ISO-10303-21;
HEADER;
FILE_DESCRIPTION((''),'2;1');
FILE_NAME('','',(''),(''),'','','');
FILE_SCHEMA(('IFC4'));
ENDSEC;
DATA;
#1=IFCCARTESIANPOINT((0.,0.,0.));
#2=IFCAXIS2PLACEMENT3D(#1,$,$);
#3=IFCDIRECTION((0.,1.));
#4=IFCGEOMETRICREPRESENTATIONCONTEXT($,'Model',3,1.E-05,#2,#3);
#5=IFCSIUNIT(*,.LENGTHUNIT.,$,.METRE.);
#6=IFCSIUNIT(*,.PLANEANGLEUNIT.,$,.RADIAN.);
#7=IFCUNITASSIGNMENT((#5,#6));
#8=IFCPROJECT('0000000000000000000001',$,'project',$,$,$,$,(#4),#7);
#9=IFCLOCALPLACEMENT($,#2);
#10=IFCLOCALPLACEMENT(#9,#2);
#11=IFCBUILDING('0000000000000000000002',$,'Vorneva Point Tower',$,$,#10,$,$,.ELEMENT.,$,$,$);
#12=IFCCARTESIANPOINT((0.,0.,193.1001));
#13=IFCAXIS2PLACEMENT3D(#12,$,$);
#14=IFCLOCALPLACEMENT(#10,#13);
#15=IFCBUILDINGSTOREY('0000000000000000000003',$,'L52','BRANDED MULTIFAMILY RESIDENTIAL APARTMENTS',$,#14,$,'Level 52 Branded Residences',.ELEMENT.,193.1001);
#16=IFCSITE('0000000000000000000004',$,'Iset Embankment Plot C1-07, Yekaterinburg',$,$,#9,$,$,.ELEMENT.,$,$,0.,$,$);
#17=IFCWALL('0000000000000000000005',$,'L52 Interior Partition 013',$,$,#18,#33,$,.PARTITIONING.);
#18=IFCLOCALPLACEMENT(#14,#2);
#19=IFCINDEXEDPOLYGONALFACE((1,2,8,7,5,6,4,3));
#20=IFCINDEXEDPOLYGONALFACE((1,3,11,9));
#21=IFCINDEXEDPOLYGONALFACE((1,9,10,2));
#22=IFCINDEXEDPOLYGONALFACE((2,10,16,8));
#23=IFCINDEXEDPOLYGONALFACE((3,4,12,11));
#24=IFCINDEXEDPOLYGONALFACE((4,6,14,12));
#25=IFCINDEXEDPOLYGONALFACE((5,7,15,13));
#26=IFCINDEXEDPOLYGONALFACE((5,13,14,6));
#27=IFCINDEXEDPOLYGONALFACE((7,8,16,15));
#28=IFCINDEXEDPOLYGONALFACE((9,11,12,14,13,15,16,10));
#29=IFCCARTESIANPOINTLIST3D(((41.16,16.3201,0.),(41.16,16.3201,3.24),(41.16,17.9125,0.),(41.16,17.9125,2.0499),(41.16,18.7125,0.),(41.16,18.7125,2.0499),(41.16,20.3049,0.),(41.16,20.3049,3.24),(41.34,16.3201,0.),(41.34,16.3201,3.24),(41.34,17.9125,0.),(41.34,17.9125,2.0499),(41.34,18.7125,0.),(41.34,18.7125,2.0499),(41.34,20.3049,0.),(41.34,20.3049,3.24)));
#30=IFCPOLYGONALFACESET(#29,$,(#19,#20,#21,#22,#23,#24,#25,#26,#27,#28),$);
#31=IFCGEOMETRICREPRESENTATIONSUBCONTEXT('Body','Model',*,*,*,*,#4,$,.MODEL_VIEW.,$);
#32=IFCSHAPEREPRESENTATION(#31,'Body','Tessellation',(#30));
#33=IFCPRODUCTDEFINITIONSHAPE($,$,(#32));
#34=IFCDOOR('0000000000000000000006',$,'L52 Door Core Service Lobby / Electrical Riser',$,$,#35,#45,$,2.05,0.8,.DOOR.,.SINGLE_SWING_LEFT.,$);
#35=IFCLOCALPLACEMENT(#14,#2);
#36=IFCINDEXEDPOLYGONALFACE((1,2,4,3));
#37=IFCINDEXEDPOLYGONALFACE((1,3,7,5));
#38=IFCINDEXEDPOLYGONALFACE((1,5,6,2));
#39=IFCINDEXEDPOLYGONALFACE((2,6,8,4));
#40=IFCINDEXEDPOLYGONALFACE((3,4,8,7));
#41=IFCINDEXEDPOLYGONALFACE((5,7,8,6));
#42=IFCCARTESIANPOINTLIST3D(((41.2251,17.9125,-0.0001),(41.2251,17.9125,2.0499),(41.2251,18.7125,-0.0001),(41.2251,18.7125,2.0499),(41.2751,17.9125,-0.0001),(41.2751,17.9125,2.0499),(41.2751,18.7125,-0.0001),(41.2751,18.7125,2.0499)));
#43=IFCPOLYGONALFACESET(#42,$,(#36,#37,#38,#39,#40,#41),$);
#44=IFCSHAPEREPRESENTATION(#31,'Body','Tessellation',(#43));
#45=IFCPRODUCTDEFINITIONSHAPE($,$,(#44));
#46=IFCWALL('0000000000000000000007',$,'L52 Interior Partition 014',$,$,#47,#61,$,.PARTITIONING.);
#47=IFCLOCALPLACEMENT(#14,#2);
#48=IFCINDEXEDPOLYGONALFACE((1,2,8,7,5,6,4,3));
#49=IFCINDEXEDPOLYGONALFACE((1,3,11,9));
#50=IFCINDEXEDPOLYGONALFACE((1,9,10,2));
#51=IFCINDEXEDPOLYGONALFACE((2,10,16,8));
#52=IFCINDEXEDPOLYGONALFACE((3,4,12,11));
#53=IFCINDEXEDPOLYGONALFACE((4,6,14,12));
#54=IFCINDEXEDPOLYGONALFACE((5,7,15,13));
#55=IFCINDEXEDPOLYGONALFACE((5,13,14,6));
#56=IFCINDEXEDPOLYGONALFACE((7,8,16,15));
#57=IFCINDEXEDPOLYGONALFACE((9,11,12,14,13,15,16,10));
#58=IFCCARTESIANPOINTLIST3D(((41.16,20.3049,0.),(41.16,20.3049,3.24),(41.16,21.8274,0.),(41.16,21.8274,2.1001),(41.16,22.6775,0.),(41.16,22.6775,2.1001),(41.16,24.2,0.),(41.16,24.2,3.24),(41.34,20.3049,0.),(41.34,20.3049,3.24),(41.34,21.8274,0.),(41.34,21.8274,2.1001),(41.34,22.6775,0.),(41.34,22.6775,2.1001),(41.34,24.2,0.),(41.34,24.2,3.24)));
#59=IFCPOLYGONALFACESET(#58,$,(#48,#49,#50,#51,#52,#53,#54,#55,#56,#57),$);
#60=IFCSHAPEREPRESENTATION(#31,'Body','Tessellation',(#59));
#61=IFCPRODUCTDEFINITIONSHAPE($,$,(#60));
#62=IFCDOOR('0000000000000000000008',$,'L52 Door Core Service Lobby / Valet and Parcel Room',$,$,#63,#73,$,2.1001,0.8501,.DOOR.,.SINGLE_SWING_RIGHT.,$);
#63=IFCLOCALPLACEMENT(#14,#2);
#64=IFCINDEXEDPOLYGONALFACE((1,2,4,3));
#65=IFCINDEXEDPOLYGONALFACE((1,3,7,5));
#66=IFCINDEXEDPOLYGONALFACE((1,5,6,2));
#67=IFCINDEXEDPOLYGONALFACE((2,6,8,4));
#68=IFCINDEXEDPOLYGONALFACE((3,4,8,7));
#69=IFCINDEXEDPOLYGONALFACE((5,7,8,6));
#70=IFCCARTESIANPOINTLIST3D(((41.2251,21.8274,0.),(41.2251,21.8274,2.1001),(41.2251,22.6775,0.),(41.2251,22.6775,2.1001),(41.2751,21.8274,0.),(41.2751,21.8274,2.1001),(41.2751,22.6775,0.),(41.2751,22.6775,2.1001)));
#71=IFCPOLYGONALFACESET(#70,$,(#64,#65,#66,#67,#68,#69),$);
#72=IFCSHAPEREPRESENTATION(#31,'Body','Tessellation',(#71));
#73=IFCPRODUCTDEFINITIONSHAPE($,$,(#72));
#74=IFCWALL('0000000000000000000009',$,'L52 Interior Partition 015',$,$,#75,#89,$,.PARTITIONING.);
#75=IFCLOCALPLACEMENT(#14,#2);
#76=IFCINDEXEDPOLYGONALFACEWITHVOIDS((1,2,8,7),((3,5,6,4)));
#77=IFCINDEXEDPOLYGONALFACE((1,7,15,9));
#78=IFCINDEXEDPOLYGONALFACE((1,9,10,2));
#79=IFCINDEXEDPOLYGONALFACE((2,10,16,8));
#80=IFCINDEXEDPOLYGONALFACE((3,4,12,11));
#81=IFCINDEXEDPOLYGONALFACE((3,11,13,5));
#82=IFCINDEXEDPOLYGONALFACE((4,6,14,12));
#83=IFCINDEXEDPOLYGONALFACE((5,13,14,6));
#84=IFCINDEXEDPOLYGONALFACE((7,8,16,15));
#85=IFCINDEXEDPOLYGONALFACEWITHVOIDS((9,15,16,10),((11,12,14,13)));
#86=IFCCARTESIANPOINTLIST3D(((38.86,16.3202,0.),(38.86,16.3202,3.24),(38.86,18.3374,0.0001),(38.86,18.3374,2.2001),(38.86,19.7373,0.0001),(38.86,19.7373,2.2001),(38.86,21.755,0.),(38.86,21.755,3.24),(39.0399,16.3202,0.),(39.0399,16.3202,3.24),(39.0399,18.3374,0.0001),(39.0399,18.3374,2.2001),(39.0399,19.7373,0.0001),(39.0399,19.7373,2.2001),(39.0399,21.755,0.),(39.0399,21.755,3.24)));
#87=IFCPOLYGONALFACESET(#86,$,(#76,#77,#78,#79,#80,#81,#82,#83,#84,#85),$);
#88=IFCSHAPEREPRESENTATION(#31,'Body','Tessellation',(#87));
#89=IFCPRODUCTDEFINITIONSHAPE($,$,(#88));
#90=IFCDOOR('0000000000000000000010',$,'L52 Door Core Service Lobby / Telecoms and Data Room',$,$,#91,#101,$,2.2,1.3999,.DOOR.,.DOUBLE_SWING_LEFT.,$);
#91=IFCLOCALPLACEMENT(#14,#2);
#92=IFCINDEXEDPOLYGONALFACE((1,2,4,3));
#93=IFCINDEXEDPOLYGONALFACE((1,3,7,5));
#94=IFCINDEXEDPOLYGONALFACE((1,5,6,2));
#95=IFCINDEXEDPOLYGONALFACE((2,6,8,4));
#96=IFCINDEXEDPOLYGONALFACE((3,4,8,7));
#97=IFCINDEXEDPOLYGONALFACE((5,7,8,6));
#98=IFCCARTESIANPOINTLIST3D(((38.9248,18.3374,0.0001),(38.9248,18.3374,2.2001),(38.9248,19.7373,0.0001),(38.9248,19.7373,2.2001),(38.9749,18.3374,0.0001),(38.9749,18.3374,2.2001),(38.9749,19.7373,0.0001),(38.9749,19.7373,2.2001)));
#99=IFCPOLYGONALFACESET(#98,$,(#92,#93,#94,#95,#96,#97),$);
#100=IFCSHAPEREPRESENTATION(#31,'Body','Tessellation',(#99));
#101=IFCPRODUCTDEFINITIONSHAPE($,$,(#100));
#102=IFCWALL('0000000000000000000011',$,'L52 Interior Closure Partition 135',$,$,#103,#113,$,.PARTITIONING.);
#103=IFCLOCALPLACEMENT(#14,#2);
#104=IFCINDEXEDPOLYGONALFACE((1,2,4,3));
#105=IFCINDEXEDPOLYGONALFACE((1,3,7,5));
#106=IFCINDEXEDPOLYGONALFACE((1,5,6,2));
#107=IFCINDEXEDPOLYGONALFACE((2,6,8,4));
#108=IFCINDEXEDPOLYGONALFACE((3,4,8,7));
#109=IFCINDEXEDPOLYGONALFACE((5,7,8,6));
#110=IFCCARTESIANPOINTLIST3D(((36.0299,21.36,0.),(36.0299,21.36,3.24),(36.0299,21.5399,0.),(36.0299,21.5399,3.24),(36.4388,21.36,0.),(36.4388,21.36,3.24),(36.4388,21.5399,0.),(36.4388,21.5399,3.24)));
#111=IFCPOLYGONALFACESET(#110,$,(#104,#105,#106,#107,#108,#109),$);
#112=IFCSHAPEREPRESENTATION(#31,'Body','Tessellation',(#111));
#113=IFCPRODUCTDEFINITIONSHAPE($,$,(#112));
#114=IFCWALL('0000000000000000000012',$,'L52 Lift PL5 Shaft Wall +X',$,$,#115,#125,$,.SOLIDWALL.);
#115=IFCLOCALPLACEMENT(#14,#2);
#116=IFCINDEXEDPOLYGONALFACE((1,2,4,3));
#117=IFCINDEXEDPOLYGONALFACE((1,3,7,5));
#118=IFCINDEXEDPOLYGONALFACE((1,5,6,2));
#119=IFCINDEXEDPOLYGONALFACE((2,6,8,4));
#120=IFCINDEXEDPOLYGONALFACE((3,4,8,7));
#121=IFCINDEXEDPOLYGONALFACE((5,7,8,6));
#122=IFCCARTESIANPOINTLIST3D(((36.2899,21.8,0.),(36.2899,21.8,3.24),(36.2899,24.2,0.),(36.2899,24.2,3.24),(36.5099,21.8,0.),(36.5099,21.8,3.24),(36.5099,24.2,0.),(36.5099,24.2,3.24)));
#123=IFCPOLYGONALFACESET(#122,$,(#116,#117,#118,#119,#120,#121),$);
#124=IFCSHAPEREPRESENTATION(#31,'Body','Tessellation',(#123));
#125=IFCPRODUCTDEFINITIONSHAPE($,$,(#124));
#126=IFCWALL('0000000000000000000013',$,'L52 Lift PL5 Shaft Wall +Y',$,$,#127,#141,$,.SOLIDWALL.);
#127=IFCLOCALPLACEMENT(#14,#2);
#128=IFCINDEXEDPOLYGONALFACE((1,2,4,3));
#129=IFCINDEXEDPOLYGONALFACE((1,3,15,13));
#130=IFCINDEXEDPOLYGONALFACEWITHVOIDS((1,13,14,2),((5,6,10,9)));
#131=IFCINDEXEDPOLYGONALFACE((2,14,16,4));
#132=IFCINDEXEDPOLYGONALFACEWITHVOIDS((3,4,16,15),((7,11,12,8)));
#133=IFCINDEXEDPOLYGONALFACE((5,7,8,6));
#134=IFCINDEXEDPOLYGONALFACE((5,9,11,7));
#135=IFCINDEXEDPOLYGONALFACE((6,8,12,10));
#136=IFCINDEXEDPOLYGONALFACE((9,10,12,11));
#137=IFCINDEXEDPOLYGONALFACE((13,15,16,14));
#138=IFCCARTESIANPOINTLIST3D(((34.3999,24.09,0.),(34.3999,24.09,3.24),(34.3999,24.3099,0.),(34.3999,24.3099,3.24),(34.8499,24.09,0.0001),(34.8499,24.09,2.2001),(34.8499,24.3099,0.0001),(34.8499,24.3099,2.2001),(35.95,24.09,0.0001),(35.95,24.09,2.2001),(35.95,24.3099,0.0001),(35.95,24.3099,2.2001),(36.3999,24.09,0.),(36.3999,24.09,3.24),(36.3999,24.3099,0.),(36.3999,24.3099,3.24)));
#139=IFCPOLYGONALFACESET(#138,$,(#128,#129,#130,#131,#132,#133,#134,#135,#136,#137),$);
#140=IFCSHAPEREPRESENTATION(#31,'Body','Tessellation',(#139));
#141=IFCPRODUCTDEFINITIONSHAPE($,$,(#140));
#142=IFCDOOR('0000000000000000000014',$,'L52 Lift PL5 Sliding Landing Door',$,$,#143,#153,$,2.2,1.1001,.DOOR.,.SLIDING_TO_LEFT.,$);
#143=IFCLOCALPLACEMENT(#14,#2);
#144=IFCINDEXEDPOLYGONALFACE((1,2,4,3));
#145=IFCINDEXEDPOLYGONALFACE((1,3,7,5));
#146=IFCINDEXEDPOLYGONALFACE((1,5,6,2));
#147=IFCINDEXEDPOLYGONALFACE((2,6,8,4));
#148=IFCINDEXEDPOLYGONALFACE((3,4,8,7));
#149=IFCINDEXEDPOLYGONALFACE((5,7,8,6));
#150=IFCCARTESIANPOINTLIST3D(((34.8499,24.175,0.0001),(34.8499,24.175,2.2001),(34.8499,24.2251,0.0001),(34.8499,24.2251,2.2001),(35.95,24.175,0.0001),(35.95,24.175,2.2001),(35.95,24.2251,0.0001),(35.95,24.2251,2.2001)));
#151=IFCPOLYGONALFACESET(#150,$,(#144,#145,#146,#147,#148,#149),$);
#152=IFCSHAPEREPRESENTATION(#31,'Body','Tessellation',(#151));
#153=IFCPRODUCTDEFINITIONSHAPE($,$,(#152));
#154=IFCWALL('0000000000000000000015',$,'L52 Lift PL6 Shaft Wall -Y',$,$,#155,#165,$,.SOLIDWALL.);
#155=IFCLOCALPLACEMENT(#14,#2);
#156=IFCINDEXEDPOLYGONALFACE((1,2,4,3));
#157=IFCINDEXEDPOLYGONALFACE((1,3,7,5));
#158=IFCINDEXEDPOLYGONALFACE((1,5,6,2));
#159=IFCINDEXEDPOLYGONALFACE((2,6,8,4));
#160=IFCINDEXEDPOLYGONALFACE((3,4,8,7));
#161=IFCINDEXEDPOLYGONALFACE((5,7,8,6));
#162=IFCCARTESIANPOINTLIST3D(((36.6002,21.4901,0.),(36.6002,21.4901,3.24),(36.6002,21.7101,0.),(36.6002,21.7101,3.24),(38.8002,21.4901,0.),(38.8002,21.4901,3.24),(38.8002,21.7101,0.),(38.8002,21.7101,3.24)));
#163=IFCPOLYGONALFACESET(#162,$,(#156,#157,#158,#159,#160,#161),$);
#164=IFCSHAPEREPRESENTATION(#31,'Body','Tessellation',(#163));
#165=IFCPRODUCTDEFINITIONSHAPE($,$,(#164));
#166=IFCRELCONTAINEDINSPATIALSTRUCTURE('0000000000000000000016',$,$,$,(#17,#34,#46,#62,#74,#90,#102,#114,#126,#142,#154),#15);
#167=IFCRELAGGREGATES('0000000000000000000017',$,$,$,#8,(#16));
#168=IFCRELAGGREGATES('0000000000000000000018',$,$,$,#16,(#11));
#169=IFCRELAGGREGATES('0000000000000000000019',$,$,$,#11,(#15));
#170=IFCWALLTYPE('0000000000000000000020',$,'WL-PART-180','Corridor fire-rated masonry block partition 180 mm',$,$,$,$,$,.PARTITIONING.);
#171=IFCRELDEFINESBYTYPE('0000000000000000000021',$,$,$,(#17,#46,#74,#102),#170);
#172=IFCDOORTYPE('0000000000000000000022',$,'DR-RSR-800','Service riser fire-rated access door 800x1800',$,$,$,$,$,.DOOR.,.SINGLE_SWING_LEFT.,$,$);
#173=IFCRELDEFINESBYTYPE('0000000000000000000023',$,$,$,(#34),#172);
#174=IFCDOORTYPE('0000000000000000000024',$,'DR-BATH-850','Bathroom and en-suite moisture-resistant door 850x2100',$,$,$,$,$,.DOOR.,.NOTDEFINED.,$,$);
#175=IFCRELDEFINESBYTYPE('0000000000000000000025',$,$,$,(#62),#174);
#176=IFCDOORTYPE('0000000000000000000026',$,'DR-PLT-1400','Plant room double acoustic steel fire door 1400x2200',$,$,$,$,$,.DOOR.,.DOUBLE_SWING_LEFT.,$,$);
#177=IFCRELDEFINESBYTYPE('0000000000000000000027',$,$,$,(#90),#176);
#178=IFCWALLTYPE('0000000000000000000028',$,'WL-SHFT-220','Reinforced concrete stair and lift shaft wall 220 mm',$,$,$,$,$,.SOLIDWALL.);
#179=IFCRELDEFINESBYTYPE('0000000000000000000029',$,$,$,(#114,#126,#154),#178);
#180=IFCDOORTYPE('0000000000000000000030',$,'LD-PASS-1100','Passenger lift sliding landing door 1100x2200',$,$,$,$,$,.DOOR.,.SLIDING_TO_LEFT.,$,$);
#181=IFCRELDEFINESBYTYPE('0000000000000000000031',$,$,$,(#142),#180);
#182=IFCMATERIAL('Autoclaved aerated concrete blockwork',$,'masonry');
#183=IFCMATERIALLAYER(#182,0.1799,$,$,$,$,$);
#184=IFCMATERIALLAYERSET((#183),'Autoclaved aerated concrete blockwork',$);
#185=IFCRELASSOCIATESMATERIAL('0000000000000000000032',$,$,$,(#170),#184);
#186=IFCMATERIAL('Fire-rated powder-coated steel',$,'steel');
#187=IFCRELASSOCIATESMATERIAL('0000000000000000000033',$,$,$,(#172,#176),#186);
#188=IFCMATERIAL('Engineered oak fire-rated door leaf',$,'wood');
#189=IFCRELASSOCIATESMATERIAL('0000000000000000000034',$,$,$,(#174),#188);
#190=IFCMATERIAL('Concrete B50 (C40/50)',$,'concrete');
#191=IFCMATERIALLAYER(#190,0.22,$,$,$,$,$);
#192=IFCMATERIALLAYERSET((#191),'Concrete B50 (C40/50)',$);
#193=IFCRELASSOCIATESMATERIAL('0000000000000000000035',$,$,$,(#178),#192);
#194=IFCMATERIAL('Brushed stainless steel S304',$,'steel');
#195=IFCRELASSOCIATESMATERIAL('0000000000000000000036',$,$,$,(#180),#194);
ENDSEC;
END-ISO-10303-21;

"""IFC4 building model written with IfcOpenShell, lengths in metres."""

from ifc_helpers import new_model, si_unit, direction, frame, frame_2d, origin, place, context, subcontext, project, spatial, rectangle, extrude, material, layer, layer_set, type_object, element, fill, save


model = new_model("IFC4")

# Units and contexts
model_context = context("Model", 3, precision=1e-05, world=origin(), true_north=direction((0.0, 1.0)))
body_context = subcontext(model_context, "Body", "Model", "MODEL_VIEW")
ifc_project = project(units=[si_unit("LENGTHUNIT", "METRE"), si_unit("PLANEANGLEUNIT", "RADIAN")], contexts=[model_context])

# Site, building, storey
site_placement = place(None, origin())
site = spatial("IfcSite", under=ifc_project, at=site_placement, Name="Iset Embankment Plot C1-07, Yekaterinburg", CompositionType="ELEMENT", RefElevation=0.0)
building_placement = place(site_placement, origin())
building = spatial("IfcBuilding", under=site, at=building_placement, Name="Vorneva Point Tower", CompositionType="ELEMENT")
storey_placement = place(building_placement, frame((0.0, 0.0, 193.1001)))
storey = spatial("IfcBuildingStorey", under=building, at=storey_placement, Name="L52", Description="BRANDED MULTIFAMILY RESIDENTIAL APARTMENTS", LongName="Level 52 Branded Residences", CompositionType="ELEMENT", Elevation=193.1001)

# Walls, openings, doors
ifc_material_1 = material(Name="Autoclaved aerated concrete blockwork", Category="masonry")
ifc_layer_1 = layer(ifc_material_1, 0.1799)
ifc_layer_set_1 = layer_set([ifc_layer_1], Name="Autoclaved aerated concrete blockwork")
wall_type_1 = type_object("IfcWallType", Name="WL-PART-180", Description="Corridor fire-rated masonry block partition 180 mm", PredefinedType="PARTITIONING", material=ifc_layer_set_1)
ifc_material_2 = material(Name="Fire-rated powder-coated steel", Category="steel")
wall_1_placement = place(storey_placement, frame((41.25, 16.3201, 0.0), z_axis=(0.0, 0.0, 1.0), x_axis=(0.0, 1.0, 0.0)))
wall_1 = element("IfcWall", 1, at=wall_1_placement, inside=storey, type_object=wall_type_1, Name="L52 Interior Partition 013", PredefinedType="PARTITIONING", context=body_context, shape_type="SweptSolid", body=[
    extrude(rectangle(XDim=3.9849, YDim=0.1799, at=frame_2d((1.9924, 0.0))), origin(), (0.0, 0.0, 1.0), 3.24),
])
opening_1_placement = place(wall_1_placement, frame((1.5925, 0.0, 0.0)))
opening_1 = element("IfcOpeningElement", 2, at=opening_1_placement, cuts=wall_1, PredefinedType="OPENING", context=body_context, shape_type="SweptSolid", body=[
    extrude(rectangle(XDim=0.8, YDim=2.05, at=frame_2d((0.3999, 1.0249))), frame((0.0, 0.105, 0.0), z_axis=(0.0, -1.0, 0.0), x_axis=(1.0, 0.0, 0.0)), (0.0, 0.0, 1.0), 0.2097),
])
door_type_1 = type_object("IfcDoorType", Name="DR-RSR-800", Description="Service riser fire-rated access door 800x1800", OperationType="SINGLE_SWING_LEFT", PredefinedType="DOOR", material=ifc_material_2)
door_1_placement = place(opening_1_placement, origin())
door_1 = element("IfcDoor", 3, at=door_1_placement, inside=storey, type_object=door_type_1, Name="L52 Door Core Service Lobby / Electrical Riser", OperationType="SINGLE_SWING_LEFT", OverallHeight=2.05, OverallWidth=0.8, PredefinedType="DOOR", context=body_context, shape_type="SweptSolid", body=[
    extrude(rectangle(XDim=0.8, YDim=2.05, at=frame_2d((0.3999, 1.0249))), frame((0.0, 0.0249, 0.0), z_axis=(0.0, -1.0, 0.0), x_axis=(1.0, 0.0, 0.0)), (0.0, 0.0, 1.0), 0.05),
])
fill(opening_1, door_1)
wall_2_placement = place(storey_placement, frame((41.25, 20.3049, 0.0), z_axis=(0.0, 0.0, 1.0), x_axis=(0.0, 1.0, 0.0)))
wall_2 = element("IfcWall", 4, at=wall_2_placement, inside=storey, type_object=wall_type_1, Name="L52 Interior Partition 014", PredefinedType="PARTITIONING", context=body_context, shape_type="SweptSolid", body=[
    extrude(rectangle(XDim=3.895, YDim=0.1799, at=frame_2d((1.9475, 0.0))), origin(), (0.0, 0.0, 1.0), 3.24),
])
opening_2_placement = place(wall_2_placement, frame((1.5225, 0.0, 0.0)))
opening_2 = element("IfcOpeningElement", 5, at=opening_2_placement, cuts=wall_2, PredefinedType="OPENING", context=body_context, shape_type="SweptSolid", body=[
    extrude(rectangle(XDim=0.8501, YDim=2.1001, at=frame_2d((0.425, 1.05))), frame((0.0, 0.105, 0.0), z_axis=(0.0, -1.0, 0.0), x_axis=(1.0, 0.0, 0.0)), (0.0, 0.0, 1.0), 0.2097),
])
ifc_material_3 = material(Name="Engineered oak fire-rated door leaf", Category="wood")
door_type_2 = type_object("IfcDoorType", Name="DR-BATH-850", Description="Bathroom and en-suite moisture-resistant door 850x2100", OperationType="NOTDEFINED", PredefinedType="DOOR", material=ifc_material_3)
door_2_placement = place(opening_2_placement, origin())
door_2 = element("IfcDoor", 6, at=door_2_placement, inside=storey, type_object=door_type_2, Name="L52 Door Core Service Lobby / Valet and Parcel Room", OperationType="SINGLE_SWING_RIGHT", OverallHeight=2.1001, OverallWidth=0.8501, PredefinedType="DOOR", context=body_context, shape_type="SweptSolid", body=[
    extrude(rectangle(XDim=0.8501, YDim=2.1001, at=frame_2d((0.425, 1.05))), frame((0.0, 0.0249, 0.0), z_axis=(0.0, -1.0, 0.0), x_axis=(1.0, 0.0, 0.0)), (0.0, 0.0, 1.0), 0.05),
])
fill(opening_2, door_2)
wall_3_placement = place(storey_placement, frame((38.95, 21.7549, 0.0), z_axis=(0.0, 0.0, 1.0), x_axis=(0.0, -1.0, 0.0)))
wall_3 = element("IfcWall", 7, at=wall_3_placement, inside=storey, type_object=wall_type_1, Name="L52 Interior Partition 015", PredefinedType="PARTITIONING", context=body_context, shape_type="SweptSolid", body=[
    extrude(rectangle(XDim=5.4348, YDim=0.1799, at=frame_2d((2.7173, 0.0))), origin(), (0.0, 0.0, 1.0), 3.24),
])
opening_3_placement = place(wall_3_placement, frame((2.0176, 0.0, 0.0)))
opening_3 = element("IfcOpeningElement", 8, at=opening_3_placement, cuts=wall_3, PredefinedType="OPENING", context=body_context, shape_type="SweptSolid", body=[
    extrude(rectangle(XDim=1.3999, YDim=2.2, at=frame_2d((0.7, 1.1001))), frame((0.0, 0.105, 0.0), z_axis=(0.0, -1.0, 0.0), x_axis=(1.0, 0.0, 0.0)), (0.0, 0.0, 1.0), 0.2097),
])
door_type_3 = type_object("IfcDoorType", Name="DR-PLT-1400", Description="Plant room double acoustic steel fire door 1400x2200", OperationType="DOUBLE_SWING_LEFT", PredefinedType="DOOR", material=ifc_material_2)
door_3_placement = place(opening_3_placement, origin())
door_3 = element("IfcDoor", 9, at=door_3_placement, inside=storey, type_object=door_type_3, Name="L52 Door Core Service Lobby / Telecoms and Data Room", OperationType="DOUBLE_SWING_LEFT", OverallHeight=2.2, OverallWidth=1.3999, PredefinedType="DOOR", context=body_context, shape_type="SweptSolid", body=[
    extrude(rectangle(XDim=1.3999, YDim=2.2, at=frame_2d((0.7, 1.1001))), frame((0.0, 0.0249, 0.0), z_axis=(0.0, -1.0, 0.0), x_axis=(1.0, 0.0, 0.0)), (0.0, 0.0, 1.0), 0.05),
])
fill(opening_3, door_3)

# Walls
wall_4_placement = place(storey_placement, frame((36.439, 21.45, 0.0), z_axis=(0.0, 0.0, 1.0), x_axis=(-1.0, 0.0, 0.0)))
element("IfcWall", 10, at=wall_4_placement, inside=storey, type_object=wall_type_1, Name="L52 Interior Closure Partition 135", PredefinedType="PARTITIONING", context=body_context, shape_type="SweptSolid", body=[
    extrude(rectangle(XDim=0.4089, YDim=0.1799, at=frame_2d((0.2046, 0.0))), origin(), (0.0, 0.0, 1.0), 3.24),
])
ifc_material_4 = material(Name="Concrete B50 (C40/50)", Category="concrete")
ifc_layer_2 = layer(ifc_material_4, 0.22)
ifc_layer_set_2 = layer_set([ifc_layer_2], Name="Concrete B50 (C40/50)")
wall_type_2 = type_object("IfcWallType", Name="WL-SHFT-220", Description="Reinforced concrete stair and lift shaft wall 220 mm", PredefinedType="SOLIDWALL", material=ifc_layer_set_2)
wall_5_placement = place(storey_placement, frame((36.3999, 21.8, 0.0), z_axis=(0.0, 0.0, 1.0), x_axis=(0.0, 1.0, 0.0)))
element("IfcWall", 11, at=wall_5_placement, inside=storey, type_object=wall_type_2, Name="L52 Lift PL5 Shaft Wall +X", PredefinedType="SOLIDWALL", context=body_context, shape_type="SweptSolid", body=[
    extrude(rectangle(XDim=2.3999, YDim=0.22, at=frame_2d((1.2, 0.0))), origin(), (0.0, 0.0, 1.0), 3.24),
])

# Wall, opening, door
wall_6_placement = place(storey_placement, frame((36.3999, 24.2, 0.0), z_axis=(0.0, 0.0, 1.0), x_axis=(-1.0, 0.0, 0.0)))
wall_6 = element("IfcWall", 12, at=wall_6_placement, inside=storey, type_object=wall_type_2, Name="L52 Lift PL5 Shaft Wall +Y", PredefinedType="SOLIDWALL", context=body_context, shape_type="SweptSolid", body=[
    extrude(rectangle(XDim=2.0, YDim=0.22, at=frame_2d((1.0, 0.0))), origin(), (0.0, 0.0, 1.0), 3.24),
])
opening_4_placement = place(wall_6_placement, frame((0.45, 0.0, 0.0)))
opening_4 = element("IfcOpeningElement", 13, at=opening_4_placement, cuts=wall_6, PredefinedType="OPENING", context=body_context, shape_type="SweptSolid", body=[
    extrude(rectangle(XDim=1.1001, YDim=2.2, at=frame_2d((0.55, 1.1001))), frame((0.0, 0.125, 0.0), z_axis=(0.0, -1.0, 0.0), x_axis=(1.0, 0.0, 0.0)), (0.0, 0.0, 1.0), 0.2498),
])
ifc_material_5 = material(Name="Brushed stainless steel S304", Category="steel")
door_type_4 = type_object("IfcDoorType", Name="LD-PASS-1100", Description="Passenger lift sliding landing door 1100x2200", OperationType="SLIDING_TO_LEFT", PredefinedType="DOOR", material=ifc_material_5)
door_4_placement = place(opening_4_placement, origin())
door_4 = element("IfcDoor", 14, at=door_4_placement, inside=storey, type_object=door_type_4, Name="L52 Lift PL5 Sliding Landing Door", OperationType="SLIDING_TO_LEFT", OverallHeight=2.2, OverallWidth=1.1001, PredefinedType="DOOR", context=body_context, shape_type="SweptSolid", body=[
    extrude(rectangle(XDim=1.1001, YDim=2.2, at=frame_2d((0.55, 1.1001))), frame((0.0, 0.0249, 0.0), z_axis=(0.0, -1.0, 0.0), x_axis=(1.0, 0.0, 0.0)), (0.0, 0.0, 1.0), 0.05),
])
fill(opening_4, door_4)

# Wall
wall_7_placement = place(storey_placement, frame((36.6001, 21.6001, 0.0), z_axis=(0.0, 0.0, 1.0), x_axis=(1.0, 0.0, 0.0)))
element("IfcWall", 15, at=wall_7_placement, inside=storey, type_object=wall_type_2, Name="L52 Lift PL6 Shaft Wall -Y", PredefinedType="SOLIDWALL", context=body_context, shape_type="SweptSolid", body=[
    extrude(rectangle(XDim=2.2, YDim=0.22, at=frame_2d((1.1001, 0.0))), origin(), (0.0, 0.0, 1.0), 3.24),
])

save(model, "model.ifc")
